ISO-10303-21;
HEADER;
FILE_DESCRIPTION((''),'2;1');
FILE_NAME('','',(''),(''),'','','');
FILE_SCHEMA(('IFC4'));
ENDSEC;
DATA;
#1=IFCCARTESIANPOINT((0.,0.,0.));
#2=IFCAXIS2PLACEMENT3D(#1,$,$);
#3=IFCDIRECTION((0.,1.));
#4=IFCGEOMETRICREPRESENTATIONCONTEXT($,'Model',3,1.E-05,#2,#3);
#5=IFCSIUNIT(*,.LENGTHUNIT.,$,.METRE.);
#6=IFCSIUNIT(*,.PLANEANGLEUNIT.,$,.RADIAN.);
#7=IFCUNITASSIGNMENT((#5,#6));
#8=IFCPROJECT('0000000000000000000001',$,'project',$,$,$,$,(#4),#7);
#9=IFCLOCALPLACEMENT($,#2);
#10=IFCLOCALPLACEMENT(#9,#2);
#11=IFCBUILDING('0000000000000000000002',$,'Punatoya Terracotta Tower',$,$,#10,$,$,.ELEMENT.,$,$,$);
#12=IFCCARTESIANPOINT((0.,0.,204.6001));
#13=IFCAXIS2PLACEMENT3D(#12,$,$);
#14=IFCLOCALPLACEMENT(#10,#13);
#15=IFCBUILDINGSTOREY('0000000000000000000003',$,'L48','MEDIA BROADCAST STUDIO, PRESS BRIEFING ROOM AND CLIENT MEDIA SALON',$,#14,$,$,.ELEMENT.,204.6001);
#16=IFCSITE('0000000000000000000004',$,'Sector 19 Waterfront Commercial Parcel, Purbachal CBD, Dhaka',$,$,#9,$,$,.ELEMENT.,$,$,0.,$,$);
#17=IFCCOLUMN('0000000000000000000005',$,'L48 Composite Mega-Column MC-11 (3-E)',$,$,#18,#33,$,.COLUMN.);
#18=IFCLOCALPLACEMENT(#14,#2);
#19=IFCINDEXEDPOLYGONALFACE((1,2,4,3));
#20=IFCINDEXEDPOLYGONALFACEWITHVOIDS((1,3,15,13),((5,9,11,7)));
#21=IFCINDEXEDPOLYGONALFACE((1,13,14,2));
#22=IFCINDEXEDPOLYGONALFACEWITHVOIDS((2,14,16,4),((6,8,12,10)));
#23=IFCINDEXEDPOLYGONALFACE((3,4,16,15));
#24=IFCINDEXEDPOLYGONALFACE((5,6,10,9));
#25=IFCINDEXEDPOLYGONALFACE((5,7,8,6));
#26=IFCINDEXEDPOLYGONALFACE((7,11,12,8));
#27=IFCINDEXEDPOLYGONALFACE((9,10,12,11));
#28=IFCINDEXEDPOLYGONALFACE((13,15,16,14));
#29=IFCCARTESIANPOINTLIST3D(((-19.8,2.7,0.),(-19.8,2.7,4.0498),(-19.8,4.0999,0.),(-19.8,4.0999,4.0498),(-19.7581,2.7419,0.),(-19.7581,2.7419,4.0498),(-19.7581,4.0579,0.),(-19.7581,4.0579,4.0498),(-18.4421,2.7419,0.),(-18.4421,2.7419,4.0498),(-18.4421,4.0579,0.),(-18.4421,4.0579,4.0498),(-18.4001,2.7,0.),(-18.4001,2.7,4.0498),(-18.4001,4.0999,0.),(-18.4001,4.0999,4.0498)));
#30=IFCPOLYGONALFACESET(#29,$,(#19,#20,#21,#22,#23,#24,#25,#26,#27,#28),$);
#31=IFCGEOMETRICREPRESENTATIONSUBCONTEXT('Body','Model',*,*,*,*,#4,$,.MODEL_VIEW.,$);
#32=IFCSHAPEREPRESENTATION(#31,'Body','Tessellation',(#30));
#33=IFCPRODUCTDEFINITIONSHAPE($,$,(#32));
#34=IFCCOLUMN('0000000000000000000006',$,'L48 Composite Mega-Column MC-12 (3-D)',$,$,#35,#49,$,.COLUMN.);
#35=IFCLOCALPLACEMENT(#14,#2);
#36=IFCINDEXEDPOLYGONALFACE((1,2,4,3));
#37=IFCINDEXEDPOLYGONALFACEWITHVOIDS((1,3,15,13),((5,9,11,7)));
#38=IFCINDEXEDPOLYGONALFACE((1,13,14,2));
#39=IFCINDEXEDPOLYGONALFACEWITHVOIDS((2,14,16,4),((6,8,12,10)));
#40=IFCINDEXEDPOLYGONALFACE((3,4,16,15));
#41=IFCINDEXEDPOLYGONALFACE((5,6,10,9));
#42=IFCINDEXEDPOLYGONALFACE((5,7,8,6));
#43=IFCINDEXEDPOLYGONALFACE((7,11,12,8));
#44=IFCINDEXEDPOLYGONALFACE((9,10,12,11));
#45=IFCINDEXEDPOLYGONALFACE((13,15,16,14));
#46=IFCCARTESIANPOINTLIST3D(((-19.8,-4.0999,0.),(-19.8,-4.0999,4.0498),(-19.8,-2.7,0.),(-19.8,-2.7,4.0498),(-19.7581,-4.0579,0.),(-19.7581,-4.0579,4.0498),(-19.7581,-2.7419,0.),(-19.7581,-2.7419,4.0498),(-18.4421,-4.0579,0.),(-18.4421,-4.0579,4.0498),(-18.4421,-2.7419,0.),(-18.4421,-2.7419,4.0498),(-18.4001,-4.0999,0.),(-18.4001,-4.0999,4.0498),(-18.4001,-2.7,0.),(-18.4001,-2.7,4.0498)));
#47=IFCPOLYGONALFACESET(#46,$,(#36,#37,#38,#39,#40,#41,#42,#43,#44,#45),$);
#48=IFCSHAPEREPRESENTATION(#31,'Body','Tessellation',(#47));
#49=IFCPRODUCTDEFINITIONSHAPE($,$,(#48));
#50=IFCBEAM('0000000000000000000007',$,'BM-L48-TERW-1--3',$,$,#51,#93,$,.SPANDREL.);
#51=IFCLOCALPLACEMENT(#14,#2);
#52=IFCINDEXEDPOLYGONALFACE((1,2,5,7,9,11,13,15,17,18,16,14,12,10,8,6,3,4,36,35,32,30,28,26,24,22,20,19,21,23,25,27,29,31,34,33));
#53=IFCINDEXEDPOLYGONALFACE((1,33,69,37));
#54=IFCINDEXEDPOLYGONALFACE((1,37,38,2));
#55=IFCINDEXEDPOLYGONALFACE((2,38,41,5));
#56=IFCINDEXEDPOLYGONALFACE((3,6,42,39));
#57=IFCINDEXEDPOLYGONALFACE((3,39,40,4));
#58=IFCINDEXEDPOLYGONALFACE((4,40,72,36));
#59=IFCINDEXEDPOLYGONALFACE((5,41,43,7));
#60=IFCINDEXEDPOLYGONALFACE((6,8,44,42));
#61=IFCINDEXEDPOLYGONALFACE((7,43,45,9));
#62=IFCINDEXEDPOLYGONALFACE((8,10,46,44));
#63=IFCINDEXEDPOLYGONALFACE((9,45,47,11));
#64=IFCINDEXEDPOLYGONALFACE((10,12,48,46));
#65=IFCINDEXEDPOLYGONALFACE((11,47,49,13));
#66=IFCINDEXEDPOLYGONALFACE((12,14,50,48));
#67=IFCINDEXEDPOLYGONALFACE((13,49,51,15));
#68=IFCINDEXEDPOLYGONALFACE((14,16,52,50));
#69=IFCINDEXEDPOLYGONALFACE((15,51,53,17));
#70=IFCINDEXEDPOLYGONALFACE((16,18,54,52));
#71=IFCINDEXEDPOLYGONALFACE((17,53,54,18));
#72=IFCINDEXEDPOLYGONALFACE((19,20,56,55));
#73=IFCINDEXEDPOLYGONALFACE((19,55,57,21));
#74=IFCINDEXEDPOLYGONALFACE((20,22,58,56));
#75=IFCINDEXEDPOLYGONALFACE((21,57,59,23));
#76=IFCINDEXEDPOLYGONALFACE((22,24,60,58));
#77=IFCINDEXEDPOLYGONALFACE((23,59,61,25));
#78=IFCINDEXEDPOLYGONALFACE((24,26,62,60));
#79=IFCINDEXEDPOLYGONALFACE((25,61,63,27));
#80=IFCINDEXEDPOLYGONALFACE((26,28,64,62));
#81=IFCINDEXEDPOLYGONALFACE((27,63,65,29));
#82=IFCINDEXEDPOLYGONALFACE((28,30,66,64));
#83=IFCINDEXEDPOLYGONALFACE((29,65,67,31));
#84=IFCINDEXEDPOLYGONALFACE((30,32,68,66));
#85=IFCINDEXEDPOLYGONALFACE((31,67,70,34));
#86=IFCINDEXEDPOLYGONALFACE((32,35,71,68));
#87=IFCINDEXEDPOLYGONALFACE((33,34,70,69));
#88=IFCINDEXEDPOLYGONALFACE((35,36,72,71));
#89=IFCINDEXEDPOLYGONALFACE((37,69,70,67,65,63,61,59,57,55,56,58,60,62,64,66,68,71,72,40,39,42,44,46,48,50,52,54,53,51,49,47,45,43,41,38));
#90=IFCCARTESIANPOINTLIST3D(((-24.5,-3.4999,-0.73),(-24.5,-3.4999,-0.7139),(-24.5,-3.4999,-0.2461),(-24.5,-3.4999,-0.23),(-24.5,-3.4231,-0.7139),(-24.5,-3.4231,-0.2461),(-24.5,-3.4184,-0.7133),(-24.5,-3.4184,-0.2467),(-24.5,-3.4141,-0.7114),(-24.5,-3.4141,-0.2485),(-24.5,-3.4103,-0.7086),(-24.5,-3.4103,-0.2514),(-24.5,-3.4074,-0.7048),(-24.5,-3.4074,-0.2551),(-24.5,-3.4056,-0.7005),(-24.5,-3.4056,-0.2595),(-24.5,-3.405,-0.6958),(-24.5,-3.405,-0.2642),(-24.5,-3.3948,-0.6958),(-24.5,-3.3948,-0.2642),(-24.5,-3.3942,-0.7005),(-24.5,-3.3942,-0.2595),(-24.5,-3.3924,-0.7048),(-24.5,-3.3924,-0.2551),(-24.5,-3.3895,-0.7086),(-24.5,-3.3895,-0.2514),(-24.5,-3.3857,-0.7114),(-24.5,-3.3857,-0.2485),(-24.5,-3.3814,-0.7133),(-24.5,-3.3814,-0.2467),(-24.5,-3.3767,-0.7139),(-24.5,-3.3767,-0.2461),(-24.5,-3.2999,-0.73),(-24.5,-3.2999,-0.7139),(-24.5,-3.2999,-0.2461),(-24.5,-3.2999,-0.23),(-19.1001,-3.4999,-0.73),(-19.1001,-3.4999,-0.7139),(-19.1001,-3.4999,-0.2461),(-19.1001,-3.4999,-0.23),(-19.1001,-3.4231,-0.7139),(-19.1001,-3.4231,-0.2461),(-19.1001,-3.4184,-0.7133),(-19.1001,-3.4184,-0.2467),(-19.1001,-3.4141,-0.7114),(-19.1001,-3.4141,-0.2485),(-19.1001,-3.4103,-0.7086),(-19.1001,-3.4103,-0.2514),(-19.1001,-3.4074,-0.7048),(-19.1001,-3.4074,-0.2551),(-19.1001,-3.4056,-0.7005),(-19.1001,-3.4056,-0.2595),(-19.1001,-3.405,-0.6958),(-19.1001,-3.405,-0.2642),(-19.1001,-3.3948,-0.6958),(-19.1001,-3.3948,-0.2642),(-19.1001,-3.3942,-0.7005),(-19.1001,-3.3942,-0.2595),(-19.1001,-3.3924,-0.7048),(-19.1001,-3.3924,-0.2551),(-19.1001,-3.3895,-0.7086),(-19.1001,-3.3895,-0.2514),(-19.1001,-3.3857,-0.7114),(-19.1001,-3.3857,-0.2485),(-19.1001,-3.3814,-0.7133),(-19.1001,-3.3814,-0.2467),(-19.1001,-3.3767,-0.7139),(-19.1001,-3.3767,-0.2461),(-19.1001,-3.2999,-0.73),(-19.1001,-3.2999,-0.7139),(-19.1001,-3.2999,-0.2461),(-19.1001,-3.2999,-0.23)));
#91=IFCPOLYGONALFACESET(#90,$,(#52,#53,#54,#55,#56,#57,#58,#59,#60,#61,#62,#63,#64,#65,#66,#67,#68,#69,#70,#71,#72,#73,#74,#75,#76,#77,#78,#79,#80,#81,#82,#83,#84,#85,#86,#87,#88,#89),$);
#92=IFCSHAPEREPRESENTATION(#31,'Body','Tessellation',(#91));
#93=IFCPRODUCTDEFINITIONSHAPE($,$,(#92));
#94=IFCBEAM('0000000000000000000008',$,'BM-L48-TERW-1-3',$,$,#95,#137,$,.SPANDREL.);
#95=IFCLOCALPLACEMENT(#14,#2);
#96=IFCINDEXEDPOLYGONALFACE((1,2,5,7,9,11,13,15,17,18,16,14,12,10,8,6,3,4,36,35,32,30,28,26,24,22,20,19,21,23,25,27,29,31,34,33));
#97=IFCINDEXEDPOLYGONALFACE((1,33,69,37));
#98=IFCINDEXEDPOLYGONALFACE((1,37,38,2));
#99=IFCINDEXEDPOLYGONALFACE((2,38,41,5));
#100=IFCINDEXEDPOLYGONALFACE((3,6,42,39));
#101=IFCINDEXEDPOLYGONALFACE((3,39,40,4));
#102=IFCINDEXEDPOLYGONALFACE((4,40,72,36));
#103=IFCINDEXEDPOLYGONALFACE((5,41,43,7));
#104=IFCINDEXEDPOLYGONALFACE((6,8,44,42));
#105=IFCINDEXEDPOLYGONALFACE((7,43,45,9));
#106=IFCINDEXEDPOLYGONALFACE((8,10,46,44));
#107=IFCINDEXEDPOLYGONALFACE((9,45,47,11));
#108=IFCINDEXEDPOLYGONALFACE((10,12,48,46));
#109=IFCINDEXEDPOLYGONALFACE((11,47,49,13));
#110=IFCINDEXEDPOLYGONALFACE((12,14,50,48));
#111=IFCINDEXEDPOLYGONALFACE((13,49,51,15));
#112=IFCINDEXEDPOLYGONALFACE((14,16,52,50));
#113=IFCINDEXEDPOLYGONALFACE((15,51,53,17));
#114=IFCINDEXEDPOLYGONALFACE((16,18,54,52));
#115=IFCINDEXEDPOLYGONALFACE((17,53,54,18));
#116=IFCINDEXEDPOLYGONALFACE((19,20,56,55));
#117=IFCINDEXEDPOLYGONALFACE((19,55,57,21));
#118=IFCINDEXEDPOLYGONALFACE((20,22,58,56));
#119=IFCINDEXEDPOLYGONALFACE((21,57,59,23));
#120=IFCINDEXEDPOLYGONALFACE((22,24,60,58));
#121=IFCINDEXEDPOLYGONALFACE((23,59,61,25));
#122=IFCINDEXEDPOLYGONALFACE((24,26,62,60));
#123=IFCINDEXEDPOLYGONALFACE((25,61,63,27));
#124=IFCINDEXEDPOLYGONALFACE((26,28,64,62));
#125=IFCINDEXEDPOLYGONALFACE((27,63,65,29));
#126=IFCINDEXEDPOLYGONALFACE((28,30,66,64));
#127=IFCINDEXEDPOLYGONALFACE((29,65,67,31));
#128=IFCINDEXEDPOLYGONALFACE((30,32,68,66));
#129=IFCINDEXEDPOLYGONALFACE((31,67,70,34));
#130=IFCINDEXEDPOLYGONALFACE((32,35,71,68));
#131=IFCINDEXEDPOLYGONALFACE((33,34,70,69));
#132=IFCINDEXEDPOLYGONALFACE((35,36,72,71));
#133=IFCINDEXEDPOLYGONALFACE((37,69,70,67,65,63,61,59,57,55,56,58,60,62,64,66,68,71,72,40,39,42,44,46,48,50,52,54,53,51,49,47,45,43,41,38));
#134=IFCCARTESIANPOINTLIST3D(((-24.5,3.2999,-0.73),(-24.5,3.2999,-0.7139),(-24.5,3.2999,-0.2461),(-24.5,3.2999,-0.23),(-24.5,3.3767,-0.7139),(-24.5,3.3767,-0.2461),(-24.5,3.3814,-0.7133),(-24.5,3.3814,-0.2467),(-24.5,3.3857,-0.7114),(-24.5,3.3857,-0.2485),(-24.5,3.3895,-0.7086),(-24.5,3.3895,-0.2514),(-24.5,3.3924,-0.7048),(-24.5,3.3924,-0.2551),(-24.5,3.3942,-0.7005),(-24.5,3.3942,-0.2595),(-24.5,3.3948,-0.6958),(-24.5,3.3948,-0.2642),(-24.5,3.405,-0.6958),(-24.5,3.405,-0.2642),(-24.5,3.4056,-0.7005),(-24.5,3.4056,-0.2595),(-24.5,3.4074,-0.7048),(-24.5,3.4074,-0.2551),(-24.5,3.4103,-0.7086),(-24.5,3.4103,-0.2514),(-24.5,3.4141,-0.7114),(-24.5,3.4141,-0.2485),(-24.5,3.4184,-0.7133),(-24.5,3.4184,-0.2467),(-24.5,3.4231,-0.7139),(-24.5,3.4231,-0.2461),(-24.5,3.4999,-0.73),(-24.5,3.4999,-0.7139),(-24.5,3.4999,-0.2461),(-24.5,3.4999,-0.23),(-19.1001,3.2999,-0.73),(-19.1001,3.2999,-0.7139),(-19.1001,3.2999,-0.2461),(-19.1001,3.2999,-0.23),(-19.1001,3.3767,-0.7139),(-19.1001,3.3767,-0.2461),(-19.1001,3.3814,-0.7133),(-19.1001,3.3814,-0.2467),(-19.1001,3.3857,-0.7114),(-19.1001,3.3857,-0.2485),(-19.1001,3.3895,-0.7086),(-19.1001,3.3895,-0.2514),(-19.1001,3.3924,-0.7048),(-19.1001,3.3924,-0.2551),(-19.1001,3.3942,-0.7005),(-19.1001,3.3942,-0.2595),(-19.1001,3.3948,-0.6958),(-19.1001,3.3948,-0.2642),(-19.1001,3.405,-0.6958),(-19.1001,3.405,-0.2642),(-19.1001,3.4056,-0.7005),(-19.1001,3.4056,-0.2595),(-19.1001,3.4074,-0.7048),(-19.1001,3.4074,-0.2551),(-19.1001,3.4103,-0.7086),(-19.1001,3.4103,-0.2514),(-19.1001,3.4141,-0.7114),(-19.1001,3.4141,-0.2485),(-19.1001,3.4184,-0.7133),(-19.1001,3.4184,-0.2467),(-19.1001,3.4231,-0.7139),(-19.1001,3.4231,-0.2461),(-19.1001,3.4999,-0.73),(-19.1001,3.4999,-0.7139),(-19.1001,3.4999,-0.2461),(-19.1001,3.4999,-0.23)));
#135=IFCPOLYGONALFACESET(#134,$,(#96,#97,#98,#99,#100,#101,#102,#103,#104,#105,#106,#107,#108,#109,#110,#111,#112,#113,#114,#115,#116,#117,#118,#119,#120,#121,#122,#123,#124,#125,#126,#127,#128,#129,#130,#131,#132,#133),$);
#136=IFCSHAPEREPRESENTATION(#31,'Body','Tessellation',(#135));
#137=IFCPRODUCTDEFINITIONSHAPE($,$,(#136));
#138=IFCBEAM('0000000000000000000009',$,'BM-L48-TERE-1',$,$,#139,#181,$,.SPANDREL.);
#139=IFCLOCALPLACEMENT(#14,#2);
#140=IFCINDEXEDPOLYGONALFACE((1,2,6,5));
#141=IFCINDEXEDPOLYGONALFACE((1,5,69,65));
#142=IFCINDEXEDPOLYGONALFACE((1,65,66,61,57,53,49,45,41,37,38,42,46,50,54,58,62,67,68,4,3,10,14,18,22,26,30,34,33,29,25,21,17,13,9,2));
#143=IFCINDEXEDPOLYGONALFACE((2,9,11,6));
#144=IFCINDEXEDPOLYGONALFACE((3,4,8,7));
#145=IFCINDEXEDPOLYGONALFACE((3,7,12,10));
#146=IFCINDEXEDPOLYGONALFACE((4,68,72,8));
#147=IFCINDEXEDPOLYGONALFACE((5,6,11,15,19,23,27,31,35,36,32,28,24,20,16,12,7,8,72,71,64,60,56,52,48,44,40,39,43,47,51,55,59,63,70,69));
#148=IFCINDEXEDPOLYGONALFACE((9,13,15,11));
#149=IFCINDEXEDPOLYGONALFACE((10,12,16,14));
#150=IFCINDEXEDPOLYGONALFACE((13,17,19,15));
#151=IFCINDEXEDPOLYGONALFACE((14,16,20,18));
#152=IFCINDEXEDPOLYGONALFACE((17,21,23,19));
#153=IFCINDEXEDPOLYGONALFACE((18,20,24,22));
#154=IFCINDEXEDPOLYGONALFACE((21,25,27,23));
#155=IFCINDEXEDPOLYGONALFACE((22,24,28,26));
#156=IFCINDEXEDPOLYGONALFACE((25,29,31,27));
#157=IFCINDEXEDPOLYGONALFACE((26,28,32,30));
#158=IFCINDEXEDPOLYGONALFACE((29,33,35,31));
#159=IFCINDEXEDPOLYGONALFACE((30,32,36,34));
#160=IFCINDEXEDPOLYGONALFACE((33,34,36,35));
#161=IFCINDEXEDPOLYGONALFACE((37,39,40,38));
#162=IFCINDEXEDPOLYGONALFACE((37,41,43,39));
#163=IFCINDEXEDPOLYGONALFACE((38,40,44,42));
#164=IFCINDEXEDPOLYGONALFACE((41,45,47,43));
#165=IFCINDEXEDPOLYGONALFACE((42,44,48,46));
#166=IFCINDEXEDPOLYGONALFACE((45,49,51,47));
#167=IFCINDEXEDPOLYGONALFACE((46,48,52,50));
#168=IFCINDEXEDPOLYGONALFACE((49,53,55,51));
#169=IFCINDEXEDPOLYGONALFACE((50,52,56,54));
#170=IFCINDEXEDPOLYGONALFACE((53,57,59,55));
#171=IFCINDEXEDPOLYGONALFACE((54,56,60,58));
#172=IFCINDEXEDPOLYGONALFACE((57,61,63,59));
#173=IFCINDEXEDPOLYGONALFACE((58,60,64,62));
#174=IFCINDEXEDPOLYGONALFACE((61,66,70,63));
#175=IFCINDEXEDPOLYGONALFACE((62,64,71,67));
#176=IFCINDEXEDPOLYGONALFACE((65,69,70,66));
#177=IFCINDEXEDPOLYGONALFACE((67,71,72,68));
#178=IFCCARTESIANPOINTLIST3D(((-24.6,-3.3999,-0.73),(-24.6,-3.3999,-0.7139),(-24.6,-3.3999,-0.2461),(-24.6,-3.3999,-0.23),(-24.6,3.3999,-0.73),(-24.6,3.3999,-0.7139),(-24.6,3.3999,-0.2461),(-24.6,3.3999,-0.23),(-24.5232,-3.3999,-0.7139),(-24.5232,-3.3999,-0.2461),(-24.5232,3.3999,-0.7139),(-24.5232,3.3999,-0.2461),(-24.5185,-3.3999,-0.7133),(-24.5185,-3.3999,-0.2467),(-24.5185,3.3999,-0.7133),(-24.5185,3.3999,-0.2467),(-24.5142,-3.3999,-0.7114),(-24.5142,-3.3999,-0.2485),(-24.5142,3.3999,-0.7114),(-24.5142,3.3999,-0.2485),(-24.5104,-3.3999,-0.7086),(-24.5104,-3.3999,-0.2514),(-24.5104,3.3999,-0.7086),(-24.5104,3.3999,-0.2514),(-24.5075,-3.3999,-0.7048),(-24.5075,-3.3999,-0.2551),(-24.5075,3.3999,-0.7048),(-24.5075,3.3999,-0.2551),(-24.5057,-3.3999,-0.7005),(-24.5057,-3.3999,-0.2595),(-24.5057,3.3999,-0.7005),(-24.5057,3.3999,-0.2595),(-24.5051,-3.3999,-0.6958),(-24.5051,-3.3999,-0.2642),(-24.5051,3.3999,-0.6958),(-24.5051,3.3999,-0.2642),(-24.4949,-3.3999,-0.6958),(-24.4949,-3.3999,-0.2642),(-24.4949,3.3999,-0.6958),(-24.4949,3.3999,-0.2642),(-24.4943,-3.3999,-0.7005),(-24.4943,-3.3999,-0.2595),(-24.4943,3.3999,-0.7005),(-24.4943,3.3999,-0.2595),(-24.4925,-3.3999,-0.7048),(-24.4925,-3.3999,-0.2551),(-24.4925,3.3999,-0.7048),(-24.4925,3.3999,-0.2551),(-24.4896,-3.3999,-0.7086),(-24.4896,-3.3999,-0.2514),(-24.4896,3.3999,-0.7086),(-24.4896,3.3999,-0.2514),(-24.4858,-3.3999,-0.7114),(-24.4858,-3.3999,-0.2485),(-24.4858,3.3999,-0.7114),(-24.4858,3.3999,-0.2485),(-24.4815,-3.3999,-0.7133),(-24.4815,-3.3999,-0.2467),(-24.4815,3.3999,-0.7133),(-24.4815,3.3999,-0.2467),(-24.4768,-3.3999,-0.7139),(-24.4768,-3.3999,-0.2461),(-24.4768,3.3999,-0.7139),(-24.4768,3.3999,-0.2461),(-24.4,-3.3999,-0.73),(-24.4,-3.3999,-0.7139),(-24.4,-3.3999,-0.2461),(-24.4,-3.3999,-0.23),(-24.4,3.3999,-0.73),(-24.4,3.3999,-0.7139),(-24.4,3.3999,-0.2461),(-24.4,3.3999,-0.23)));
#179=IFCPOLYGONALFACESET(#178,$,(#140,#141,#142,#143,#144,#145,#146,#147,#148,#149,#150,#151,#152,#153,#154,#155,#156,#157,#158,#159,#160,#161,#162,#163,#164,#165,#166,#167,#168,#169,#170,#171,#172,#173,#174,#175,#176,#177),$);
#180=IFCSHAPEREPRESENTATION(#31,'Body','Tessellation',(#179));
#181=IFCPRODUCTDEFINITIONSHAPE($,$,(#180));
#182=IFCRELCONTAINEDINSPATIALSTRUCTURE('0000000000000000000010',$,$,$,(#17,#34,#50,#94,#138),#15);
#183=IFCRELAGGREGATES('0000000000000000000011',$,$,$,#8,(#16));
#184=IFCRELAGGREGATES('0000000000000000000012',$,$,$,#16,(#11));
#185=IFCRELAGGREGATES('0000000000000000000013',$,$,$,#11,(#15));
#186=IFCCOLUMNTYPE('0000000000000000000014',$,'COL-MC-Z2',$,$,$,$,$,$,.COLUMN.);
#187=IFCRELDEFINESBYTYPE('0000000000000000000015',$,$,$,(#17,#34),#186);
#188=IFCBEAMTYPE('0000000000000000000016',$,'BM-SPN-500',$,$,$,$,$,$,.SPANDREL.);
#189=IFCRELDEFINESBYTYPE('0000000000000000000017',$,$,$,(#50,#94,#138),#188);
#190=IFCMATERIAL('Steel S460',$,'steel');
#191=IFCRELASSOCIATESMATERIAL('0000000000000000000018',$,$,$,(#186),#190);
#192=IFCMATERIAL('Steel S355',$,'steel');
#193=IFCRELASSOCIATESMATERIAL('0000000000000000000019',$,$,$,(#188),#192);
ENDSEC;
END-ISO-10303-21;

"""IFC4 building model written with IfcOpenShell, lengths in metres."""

from ifc_helpers import new_model, si_unit, direction, frame, origin, origin_2d, place, context, subcontext, project, spatial, hollow_rectangle, i_section, extrude, material, material_profile, profile_set, type_object, element, save


model = new_model("IFC4")

# Units and contexts
model_context = context("Model", 3, precision=1e-05, world=origin(), true_north=direction((0.0, 1.0)))
body_context = subcontext(model_context, "Body", "Model", "MODEL_VIEW")
ifc_project = project(units=[si_unit("LENGTHUNIT", "METRE"), si_unit("PLANEANGLEUNIT", "RADIAN")], contexts=[model_context])

# Site, building, storey
site_placement = place(None, origin())
site = spatial("IfcSite", under=ifc_project, at=site_placement, Name="Sector 19 Waterfront Commercial Parcel, Purbachal CBD, Dhaka", CompositionType="ELEMENT", RefElevation=0.0)
building_placement = place(site_placement, origin())
building = spatial("IfcBuilding", under=site, at=building_placement, Name="Punatoya Terracotta Tower", CompositionType="ELEMENT")
storey_placement = place(building_placement, frame((0.0, 0.0, 204.6001)))
storey = spatial("IfcBuildingStorey", under=building, at=storey_placement, Name="L48", Description="MEDIA BROADCAST STUDIO, PRESS BRIEFING ROOM AND CLIENT MEDIA SALON", CompositionType="ELEMENT", Elevation=204.6001)

# Columns
ifc_material_1 = material(Name="Steel S460", Category="steel")
ifc_material_profile_1 = material_profile(ifc_material_1, hollow_rectangle(XDim=1.3999, YDim=1.3999, WallThickness=0.042, at=origin_2d()))
ifc_profile_set_1 = profile_set([ifc_material_profile_1], Name="Steel S460")
column_type = type_object("IfcColumnType", Name="COL-MC-Z2", PredefinedType="COLUMN", material=ifc_profile_set_1)
for number, where, z_axis, x_axis, name in (
    (1, (-19.1001, 3.3999, 0.0), (0.0, 0.0, 1.0), (1.0, 0.0, 0.0), "L48 Composite Mega-Column MC-11 (3-E)"),
    (2, (-19.1001, -3.3999, 0.0), (0.0, 0.0, 1.0), (1.0, 0.0, 0.0), "L48 Composite Mega-Column MC-12 (3-D)"),
):
    element("IfcColumn", number, at=place(storey_placement, frame(where, z_axis=z_axis, x_axis=x_axis)), inside=storey, type_object=column_type, Name=name, PredefinedType="COLUMN", context=body_context, shape_type="SweptSolid", body=[
        extrude(hollow_rectangle(XDim=1.3999, YDim=1.3999, WallThickness=0.042, at=origin_2d()), origin(), (0.0, 0.0, 1.0), 4.0498),
    ])

# Beams
ifc_material_2 = material(Name="Steel S355", Category="steel")
ifc_material_profile_2 = material_profile(ifc_material_2, i_section(OverallWidth=0.2, OverallDepth=0.5, WebThickness=0.0103, FlangeThickness=0.0161, FilletRadius=0.0181, at=origin_2d()))
ifc_profile_set_2 = profile_set([ifc_material_profile_2], Name="Steel S355")
beam_type_1 = type_object("IfcBeamType", Name="BM-SPN-500", PredefinedType="SPANDREL", material=ifc_profile_set_2)
for number, where, z_axis, x_axis, name in (
    (3, (-24.5, -3.3999, -0.48), (1.0, 0.0, 0.0), (0.0, 1.0, 0.0), "BM-L48-TERW-1--3"),
    (4, (-24.5, 3.3999, -0.48), (1.0, 0.0, 0.0), (0.0, 1.0, 0.0), "BM-L48-TERW-1-3"),
):
    element("IfcBeam", number, at=place(storey_placement, frame(where, z_axis=z_axis, x_axis=x_axis)), inside=storey, type_object=beam_type_1, Name=name, PredefinedType="SPANDREL", context=body_context, shape_type="SweptSolid", body=[
        extrude(i_section(OverallWidth=0.2, OverallDepth=0.5, WebThickness=0.0103, FlangeThickness=0.0161, FilletRadius=0.0181, at=origin_2d()), origin(), (0.0, 0.0, 1.0), 5.3999),
    ])
beam_1_placement = place(storey_placement, frame((-24.5, -3.3999, -0.48), z_axis=(0.0, 1.0, 0.0), x_axis=(-1.0, 0.0, 0.0)))
element("IfcBeam", 5, at=beam_1_placement, inside=storey, type_object=beam_type_1, Name="BM-L48-TERE-1", PredefinedType="SPANDREL", context=body_context, shape_type="SweptSolid", body=[
    extrude(i_section(OverallWidth=0.2, OverallDepth=0.5, WebThickness=0.0103, FlangeThickness=0.0161, FilletRadius=0.0181, at=origin_2d()), origin(), (0.0, 0.0, 1.0), 6.7998),
])

save(model, "model.ifc")
